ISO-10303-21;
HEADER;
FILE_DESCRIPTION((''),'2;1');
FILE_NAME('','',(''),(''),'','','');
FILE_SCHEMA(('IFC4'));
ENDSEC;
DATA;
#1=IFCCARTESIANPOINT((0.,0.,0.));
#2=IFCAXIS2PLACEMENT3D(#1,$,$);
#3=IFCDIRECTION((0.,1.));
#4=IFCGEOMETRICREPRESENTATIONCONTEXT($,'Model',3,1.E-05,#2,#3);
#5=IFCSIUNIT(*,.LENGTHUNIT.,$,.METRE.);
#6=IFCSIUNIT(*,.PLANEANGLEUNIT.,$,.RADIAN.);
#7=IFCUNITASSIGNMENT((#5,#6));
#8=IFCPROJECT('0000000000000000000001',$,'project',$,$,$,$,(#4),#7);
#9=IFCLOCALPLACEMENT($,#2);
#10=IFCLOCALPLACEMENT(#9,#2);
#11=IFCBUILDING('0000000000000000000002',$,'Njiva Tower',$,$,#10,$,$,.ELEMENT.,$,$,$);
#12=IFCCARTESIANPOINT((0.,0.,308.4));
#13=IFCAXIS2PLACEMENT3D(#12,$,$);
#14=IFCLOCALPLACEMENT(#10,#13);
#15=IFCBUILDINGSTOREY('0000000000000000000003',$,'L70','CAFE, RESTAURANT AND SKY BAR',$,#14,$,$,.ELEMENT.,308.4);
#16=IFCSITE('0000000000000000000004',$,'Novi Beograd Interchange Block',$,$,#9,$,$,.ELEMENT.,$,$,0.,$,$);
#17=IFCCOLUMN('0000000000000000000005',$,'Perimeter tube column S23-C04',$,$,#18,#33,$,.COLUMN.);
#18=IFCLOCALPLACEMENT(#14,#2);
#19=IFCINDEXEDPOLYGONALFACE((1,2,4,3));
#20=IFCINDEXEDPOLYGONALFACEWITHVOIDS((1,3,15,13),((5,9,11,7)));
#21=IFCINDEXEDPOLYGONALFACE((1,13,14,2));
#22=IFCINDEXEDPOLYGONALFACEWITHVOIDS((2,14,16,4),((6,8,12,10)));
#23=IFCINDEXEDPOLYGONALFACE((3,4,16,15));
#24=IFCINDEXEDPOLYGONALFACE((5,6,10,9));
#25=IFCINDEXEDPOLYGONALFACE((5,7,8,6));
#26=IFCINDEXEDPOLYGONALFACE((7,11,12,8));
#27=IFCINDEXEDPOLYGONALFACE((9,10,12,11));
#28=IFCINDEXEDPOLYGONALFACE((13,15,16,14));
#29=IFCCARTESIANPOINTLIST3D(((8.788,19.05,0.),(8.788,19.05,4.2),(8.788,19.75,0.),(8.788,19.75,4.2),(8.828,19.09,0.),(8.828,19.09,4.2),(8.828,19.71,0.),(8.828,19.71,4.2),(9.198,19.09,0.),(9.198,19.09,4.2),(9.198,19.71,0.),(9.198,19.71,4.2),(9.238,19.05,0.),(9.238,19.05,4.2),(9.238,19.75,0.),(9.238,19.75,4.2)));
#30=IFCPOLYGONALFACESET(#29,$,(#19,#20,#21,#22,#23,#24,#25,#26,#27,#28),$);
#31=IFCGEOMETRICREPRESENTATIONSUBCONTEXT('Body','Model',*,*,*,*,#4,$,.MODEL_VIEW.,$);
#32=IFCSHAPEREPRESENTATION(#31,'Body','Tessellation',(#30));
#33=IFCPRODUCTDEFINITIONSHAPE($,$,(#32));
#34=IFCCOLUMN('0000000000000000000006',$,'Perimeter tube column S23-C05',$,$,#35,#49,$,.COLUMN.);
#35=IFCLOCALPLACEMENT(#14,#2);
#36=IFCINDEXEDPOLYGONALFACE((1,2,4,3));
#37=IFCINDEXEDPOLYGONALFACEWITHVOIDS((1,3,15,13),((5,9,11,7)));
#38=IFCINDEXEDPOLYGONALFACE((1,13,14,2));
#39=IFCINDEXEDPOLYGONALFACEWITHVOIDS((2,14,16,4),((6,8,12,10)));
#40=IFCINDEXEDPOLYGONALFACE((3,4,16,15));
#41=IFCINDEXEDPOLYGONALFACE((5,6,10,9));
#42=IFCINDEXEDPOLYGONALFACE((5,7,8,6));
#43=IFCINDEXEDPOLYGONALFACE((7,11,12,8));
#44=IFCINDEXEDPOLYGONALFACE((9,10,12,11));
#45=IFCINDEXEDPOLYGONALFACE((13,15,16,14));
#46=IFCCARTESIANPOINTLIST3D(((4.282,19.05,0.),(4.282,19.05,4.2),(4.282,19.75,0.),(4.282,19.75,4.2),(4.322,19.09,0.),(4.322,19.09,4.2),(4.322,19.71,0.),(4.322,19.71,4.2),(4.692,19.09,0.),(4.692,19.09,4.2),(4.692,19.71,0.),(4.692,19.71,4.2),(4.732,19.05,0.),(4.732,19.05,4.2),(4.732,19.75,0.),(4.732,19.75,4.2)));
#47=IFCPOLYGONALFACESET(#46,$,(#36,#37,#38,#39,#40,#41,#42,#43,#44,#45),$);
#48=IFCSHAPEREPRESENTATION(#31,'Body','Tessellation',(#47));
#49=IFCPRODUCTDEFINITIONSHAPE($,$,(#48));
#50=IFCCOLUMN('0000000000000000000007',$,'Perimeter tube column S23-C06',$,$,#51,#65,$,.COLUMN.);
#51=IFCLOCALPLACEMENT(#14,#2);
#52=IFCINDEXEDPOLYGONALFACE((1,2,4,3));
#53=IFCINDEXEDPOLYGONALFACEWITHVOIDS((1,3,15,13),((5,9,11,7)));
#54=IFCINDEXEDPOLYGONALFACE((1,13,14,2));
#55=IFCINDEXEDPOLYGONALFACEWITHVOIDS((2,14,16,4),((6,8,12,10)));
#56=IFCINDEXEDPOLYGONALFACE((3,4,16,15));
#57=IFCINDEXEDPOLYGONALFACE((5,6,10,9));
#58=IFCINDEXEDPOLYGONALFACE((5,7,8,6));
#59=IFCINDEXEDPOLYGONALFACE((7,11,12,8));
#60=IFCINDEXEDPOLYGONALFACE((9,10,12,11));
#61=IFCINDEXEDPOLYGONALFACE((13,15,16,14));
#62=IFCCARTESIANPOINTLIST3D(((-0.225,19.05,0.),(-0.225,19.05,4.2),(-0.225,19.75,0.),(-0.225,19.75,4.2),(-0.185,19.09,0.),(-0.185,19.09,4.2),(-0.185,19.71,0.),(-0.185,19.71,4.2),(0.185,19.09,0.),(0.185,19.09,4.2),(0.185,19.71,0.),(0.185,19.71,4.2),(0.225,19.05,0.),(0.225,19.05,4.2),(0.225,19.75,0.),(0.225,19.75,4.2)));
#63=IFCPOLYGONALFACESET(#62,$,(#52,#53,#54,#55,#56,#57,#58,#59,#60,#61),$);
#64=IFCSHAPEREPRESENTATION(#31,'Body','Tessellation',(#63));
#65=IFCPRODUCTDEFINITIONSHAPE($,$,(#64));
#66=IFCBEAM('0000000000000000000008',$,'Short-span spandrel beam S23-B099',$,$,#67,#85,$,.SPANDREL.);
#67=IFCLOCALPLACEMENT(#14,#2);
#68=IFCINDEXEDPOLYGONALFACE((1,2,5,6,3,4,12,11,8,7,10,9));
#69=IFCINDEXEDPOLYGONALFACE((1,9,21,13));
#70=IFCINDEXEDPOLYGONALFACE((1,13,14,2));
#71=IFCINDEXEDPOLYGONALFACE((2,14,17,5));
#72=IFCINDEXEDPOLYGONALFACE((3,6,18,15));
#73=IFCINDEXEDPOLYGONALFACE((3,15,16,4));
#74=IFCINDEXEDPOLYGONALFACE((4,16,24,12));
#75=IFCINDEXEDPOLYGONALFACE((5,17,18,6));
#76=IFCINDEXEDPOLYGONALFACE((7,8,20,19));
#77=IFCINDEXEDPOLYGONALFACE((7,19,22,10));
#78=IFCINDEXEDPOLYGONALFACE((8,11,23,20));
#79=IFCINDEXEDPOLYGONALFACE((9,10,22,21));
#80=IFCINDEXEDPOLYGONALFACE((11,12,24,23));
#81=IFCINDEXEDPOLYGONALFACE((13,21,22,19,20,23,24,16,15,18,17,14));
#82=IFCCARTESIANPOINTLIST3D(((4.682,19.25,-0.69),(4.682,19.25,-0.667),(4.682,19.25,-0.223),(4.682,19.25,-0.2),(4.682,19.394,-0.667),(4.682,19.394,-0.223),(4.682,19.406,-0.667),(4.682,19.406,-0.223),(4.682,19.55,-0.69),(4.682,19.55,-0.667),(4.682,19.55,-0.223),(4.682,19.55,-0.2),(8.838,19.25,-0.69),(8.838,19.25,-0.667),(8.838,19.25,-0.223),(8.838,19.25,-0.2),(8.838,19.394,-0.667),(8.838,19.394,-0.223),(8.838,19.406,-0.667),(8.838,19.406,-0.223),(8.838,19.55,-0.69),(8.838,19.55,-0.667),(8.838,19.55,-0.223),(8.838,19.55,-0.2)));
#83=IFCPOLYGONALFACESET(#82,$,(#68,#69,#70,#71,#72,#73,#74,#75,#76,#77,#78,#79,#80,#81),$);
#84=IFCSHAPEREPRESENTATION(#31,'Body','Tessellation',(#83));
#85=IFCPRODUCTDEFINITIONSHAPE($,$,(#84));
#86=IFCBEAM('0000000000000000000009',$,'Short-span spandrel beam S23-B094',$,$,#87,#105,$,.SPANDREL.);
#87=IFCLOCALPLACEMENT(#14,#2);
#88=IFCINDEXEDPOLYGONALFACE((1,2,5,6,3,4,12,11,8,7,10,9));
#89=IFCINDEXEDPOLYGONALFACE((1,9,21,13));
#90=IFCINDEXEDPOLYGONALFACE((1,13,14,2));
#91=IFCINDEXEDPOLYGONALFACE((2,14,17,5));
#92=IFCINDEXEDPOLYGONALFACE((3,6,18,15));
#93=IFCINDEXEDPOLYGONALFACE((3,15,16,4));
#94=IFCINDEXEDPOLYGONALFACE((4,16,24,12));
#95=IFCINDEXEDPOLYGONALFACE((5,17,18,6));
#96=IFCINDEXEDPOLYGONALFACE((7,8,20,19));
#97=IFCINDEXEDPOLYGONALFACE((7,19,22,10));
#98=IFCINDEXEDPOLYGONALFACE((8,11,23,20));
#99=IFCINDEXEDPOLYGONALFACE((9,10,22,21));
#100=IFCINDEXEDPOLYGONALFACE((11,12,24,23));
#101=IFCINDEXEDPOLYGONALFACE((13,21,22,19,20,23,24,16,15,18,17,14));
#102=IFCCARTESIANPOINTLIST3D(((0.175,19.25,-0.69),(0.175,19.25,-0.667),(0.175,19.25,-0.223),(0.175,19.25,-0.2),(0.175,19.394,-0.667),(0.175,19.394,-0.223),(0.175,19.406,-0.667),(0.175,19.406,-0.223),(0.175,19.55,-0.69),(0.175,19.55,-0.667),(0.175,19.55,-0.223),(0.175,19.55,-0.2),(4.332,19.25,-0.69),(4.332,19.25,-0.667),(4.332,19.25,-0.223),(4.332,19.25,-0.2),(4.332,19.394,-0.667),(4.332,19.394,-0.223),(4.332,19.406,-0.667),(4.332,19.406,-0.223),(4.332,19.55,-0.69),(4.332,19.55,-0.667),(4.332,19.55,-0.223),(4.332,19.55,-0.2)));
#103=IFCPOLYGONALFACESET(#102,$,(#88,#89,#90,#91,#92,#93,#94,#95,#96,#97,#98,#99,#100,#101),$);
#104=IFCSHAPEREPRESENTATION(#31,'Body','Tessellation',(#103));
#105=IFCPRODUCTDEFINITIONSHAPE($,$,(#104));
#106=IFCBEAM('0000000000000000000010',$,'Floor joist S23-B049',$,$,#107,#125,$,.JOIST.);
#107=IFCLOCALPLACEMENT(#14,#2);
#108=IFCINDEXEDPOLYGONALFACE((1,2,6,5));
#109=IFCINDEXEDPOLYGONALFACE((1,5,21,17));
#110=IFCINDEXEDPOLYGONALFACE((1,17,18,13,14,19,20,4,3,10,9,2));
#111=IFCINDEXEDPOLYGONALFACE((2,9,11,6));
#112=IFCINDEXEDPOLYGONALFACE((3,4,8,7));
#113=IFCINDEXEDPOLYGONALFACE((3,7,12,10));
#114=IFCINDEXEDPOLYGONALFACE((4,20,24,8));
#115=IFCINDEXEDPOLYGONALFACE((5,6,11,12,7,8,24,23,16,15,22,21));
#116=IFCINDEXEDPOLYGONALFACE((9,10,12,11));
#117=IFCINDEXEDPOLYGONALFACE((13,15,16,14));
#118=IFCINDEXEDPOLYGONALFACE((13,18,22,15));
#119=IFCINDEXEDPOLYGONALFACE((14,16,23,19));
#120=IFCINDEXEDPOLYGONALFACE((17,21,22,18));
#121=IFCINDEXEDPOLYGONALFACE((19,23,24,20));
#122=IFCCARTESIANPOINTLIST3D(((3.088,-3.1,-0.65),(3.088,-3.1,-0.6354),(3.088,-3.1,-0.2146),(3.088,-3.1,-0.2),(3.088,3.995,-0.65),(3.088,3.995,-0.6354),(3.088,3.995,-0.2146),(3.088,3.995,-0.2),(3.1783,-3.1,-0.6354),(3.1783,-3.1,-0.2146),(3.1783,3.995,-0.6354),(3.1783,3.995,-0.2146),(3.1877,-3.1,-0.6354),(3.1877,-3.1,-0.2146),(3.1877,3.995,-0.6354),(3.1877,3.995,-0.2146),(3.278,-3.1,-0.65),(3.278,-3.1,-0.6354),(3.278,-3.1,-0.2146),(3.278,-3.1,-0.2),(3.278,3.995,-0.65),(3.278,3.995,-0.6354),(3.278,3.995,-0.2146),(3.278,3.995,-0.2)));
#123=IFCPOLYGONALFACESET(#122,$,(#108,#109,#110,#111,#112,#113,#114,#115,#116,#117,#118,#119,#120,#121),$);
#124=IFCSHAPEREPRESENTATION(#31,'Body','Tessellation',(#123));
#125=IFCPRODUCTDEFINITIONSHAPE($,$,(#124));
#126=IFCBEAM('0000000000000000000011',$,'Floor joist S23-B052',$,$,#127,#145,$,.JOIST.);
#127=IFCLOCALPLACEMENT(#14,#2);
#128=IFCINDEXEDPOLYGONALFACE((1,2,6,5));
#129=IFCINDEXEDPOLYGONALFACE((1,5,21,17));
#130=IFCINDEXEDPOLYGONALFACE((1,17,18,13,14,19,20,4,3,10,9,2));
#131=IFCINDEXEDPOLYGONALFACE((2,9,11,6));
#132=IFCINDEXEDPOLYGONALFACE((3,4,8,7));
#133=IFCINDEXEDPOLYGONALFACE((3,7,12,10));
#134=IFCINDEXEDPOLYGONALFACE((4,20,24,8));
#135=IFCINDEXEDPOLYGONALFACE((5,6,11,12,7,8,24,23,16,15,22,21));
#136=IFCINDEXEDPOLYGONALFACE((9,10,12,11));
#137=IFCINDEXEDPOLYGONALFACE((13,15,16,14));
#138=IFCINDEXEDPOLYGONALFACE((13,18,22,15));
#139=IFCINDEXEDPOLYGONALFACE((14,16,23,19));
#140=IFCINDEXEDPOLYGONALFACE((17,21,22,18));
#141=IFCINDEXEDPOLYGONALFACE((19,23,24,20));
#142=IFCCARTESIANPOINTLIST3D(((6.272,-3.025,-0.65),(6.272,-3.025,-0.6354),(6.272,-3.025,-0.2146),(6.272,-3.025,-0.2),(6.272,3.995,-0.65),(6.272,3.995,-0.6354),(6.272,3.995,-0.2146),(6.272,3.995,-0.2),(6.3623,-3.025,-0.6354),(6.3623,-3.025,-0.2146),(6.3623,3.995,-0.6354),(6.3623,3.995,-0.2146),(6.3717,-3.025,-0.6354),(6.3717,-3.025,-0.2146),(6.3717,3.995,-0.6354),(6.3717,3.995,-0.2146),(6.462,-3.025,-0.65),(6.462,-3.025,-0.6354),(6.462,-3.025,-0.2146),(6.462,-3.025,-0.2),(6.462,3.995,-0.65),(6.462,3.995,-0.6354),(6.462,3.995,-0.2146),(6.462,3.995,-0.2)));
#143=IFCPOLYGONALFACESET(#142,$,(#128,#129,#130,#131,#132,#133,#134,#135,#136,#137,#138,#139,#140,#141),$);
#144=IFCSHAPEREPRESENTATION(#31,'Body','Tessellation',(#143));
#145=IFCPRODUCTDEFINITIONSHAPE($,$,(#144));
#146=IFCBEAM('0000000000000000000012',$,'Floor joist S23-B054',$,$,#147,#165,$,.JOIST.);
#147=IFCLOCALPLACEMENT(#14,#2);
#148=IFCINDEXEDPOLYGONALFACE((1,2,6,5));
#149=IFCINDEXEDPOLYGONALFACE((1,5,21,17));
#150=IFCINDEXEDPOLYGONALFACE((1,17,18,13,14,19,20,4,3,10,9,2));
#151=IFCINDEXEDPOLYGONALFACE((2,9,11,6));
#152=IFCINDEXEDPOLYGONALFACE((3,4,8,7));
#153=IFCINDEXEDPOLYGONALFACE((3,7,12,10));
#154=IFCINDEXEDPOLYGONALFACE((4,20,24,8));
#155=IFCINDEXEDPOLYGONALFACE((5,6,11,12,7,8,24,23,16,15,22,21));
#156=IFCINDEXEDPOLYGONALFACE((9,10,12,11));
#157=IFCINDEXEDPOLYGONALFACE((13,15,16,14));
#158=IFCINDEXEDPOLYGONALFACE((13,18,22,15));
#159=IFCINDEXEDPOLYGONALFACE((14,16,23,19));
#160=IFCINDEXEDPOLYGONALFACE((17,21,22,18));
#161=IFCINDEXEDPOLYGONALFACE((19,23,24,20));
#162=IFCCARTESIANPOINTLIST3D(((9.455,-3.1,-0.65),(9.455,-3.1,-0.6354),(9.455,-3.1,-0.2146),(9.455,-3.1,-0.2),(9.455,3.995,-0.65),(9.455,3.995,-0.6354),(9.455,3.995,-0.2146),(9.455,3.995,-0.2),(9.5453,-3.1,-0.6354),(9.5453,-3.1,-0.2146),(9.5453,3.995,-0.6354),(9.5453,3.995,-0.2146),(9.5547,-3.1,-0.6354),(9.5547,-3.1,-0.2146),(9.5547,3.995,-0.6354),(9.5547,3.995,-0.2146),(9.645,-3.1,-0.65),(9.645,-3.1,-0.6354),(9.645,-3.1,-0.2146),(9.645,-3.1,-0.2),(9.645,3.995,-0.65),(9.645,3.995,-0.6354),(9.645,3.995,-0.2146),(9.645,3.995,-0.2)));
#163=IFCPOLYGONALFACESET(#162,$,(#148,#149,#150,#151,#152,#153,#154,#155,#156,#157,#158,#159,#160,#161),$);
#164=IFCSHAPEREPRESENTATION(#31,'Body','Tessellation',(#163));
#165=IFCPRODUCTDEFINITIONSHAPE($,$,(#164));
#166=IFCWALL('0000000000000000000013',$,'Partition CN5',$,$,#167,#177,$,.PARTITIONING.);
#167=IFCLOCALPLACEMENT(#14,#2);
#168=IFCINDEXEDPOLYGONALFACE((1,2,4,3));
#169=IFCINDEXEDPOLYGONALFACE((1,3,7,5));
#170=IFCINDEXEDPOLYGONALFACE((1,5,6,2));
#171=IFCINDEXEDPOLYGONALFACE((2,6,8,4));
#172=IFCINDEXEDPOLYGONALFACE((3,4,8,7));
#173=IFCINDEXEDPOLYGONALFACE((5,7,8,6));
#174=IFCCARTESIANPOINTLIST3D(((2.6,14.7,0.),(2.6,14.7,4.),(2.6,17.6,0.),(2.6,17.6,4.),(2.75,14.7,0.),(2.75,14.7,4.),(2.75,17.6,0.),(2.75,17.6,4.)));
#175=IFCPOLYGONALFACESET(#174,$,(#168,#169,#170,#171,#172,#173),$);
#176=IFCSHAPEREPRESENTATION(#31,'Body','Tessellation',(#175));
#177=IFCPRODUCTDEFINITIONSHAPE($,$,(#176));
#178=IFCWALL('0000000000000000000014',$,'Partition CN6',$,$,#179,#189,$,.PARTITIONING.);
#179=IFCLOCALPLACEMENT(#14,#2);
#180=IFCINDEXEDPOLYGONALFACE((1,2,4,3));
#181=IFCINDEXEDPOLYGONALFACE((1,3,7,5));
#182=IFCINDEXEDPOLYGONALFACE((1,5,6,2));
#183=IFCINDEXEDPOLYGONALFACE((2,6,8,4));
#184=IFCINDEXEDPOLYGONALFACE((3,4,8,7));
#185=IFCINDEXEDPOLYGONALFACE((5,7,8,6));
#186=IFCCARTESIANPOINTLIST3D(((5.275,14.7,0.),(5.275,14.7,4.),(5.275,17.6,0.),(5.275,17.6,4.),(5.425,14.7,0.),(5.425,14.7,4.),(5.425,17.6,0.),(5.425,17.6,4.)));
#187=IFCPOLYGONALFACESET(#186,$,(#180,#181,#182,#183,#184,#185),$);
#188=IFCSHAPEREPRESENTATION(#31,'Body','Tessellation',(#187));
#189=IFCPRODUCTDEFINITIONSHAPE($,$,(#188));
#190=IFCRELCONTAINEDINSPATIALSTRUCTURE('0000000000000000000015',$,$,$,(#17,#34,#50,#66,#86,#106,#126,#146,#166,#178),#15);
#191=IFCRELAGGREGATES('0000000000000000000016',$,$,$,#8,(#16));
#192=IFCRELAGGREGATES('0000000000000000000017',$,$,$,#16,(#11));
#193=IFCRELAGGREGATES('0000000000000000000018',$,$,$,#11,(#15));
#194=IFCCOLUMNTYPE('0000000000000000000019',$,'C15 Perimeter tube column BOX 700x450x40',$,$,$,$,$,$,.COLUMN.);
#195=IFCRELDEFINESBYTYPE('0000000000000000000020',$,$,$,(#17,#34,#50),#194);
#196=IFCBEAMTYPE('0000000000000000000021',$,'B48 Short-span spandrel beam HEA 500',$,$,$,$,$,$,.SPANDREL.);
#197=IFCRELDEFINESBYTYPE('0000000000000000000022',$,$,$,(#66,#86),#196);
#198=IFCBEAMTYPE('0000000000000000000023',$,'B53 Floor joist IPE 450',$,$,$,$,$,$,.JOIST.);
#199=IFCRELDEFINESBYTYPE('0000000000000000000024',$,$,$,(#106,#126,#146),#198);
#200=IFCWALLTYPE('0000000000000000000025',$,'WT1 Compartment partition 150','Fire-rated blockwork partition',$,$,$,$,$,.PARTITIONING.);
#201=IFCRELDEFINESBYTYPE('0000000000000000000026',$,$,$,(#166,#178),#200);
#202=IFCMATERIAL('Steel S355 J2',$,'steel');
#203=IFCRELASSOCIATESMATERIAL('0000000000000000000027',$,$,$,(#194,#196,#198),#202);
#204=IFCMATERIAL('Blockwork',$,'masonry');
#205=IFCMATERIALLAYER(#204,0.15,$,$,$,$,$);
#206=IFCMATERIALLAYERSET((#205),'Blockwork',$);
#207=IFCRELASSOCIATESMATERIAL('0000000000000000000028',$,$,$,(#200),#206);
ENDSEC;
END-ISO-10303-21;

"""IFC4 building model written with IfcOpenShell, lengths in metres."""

from ifc_helpers import new_model, si_unit, direction, frame, frame_2d, origin, origin_2d, place, context, subcontext, project, spatial, rectangle, hollow_rectangle, i_section, extrude, material, layer, layer_set, material_profile, profile_set, type_object, element, save


model = new_model("IFC4")

# Units and contexts
model_context = context("Model", 3, precision=1e-05, world=origin(), true_north=direction((0.0, 1.0)))
body_context = subcontext(model_context, "Body", "Model", "MODEL_VIEW")
ifc_project = project(units=[si_unit("LENGTHUNIT", "METRE"), si_unit("PLANEANGLEUNIT", "RADIAN")], contexts=[model_context])

# Site, building, storey
site_placement = place(None, origin())
site = spatial("IfcSite", under=ifc_project, at=site_placement, Name="Novi Beograd Interchange Block", CompositionType="ELEMENT", RefElevation=0.0)
building_placement = place(site_placement, origin())
building = spatial("IfcBuilding", under=site, at=building_placement, Name="Njiva Tower", CompositionType="ELEMENT")
storey_placement = place(building_placement, frame((0.0, 0.0, 308.4)))
storey = spatial("IfcBuildingStorey", under=building, at=storey_placement, Name="L70", Description="CAFE, RESTAURANT AND SKY BAR", CompositionType="ELEMENT", Elevation=308.4)

# Columns
ifc_material_1 = material(Name="Steel S355 J2", Category="steel")
ifc_material_profile_1 = material_profile(ifc_material_1, hollow_rectangle(XDim=0.45, YDim=0.7, WallThickness=0.04, at=origin_2d()), Name="BOX 700x450x40")
ifc_profile_set_1 = profile_set([ifc_material_profile_1], Name="Steel S355 J2")
column_type = type_object("IfcColumnType", Name="C15 Perimeter tube column BOX 700x450x40", PredefinedType="COLUMN", material=ifc_profile_set_1)
for number, where, z_axis, x_axis, name in (
    (1, (9.013, 19.4, 0.0), (0.0, 0.0, 1.0), (-1.0, 0.0, 0.0), "Perimeter tube column S23-C04"),
    (2, (4.507, 19.4, 0.0), (0.0, 0.0, 1.0), (-1.0, 0.0, 0.0), "Perimeter tube column S23-C05"),
    (3, (0.0, 19.4, 0.0), (0.0, 0.0, 1.0), (-1.0, 0.0, 0.0), "Perimeter tube column S23-C06"),
):
    element("IfcColumn", number, at=place(storey_placement, frame(where, z_axis=z_axis, x_axis=x_axis)), inside=storey, type_object=column_type, Name=name, PredefinedType="COLUMN", context=body_context, shape_type="SweptSolid", body=[
        extrude(hollow_rectangle(XDim=0.45, YDim=0.7, WallThickness=0.04, at=origin_2d()), origin(), (0.0, 0.0, 1.0), 4.2),
    ])

# Beams
ifc_material_profile_2 = material_profile(ifc_material_1, i_section(OverallWidth=0.3, OverallDepth=0.49, WebThickness=0.012, FlangeThickness=0.023, at=origin_2d()), Name="HEA 500")
ifc_profile_set_2 = profile_set([ifc_material_profile_2], Name="Steel S355 J2")
beam_type_1 = type_object("IfcBeamType", Name="B48 Short-span spandrel beam HEA 500", PredefinedType="SPANDREL", material=ifc_profile_set_2)
beam_1_placement = place(storey_placement, frame((8.838, 19.4, -0.445), z_axis=(-1.0, 0.0, 0.0), x_axis=(0.0, -1.0, 0.0)))
element("IfcBeam", 4, at=beam_1_placement, inside=storey, type_object=beam_type_1, Name="Short-span spandrel beam S23-B099", PredefinedType="SPANDREL", context=body_context, shape_type="SweptSolid", body=[
    extrude(i_section(OverallWidth=0.3, OverallDepth=0.49, WebThickness=0.012, FlangeThickness=0.023, at=origin_2d()), origin(), (0.0, 0.0, 1.0), 4.156),
])
beam_2_placement = place(storey_placement, frame((4.332, 19.4, -0.445), z_axis=(-1.0, 0.0, 0.0), x_axis=(0.0, -1.0, 0.0)))
element("IfcBeam", 5, at=beam_2_placement, inside=storey, type_object=beam_type_1, Name="Short-span spandrel beam S23-B094", PredefinedType="SPANDREL", context=body_context, shape_type="SweptSolid", body=[
    extrude(i_section(OverallWidth=0.3, OverallDepth=0.49, WebThickness=0.012, FlangeThickness=0.023, at=origin_2d()), origin(), (0.0, 0.0, 1.0), 4.157),
])
ifc_material_profile_3 = material_profile(ifc_material_1, i_section(OverallWidth=0.19, OverallDepth=0.45, WebThickness=0.0094, FlangeThickness=0.0146, at=origin_2d()), Name="IPE 450")
ifc_profile_set_3 = profile_set([ifc_material_profile_3], Name="Steel S355 J2")
beam_type_2 = type_object("IfcBeamType", Name="B53 Floor joist IPE 450", PredefinedType="JOIST", material=ifc_profile_set_3)
beam_3_placement = place(storey_placement, frame((3.183, 3.995, -0.425), z_axis=(0.0, -1.0, 0.0), x_axis=(1.0, 0.0, 0.0)))
element("IfcBeam", 6, at=beam_3_placement, inside=storey, type_object=beam_type_2, Name="Floor joist S23-B049", PredefinedType="JOIST", context=body_context, shape_type="SweptSolid", body=[
    extrude(i_section(OverallWidth=0.19, OverallDepth=0.45, WebThickness=0.0094, FlangeThickness=0.0146, at=origin_2d()), origin(), (0.0, 0.0, 1.0), 7.095),
])
beam_4_placement = place(storey_placement, frame((6.367, 3.995, -0.425), z_axis=(0.0, -1.0, 0.0), x_axis=(1.0, 0.0, 0.0)))
element("IfcBeam", 7, at=beam_4_placement, inside=storey, type_object=beam_type_2, Name="Floor joist S23-B052", PredefinedType="JOIST", context=body_context, shape_type="SweptSolid", body=[
    extrude(i_section(OverallWidth=0.19, OverallDepth=0.45, WebThickness=0.0094, FlangeThickness=0.0146, at=origin_2d()), origin(), (0.0, 0.0, 1.0), 7.02),
])
beam_5_placement = place(storey_placement, frame((9.55, 3.995, -0.425), z_axis=(0.0, -1.0, 0.0), x_axis=(1.0, 0.0, 0.0)))
element("IfcBeam", 8, at=beam_5_placement, inside=storey, type_object=beam_type_2, Name="Floor joist S23-B054", PredefinedType="JOIST", context=body_context, shape_type="SweptSolid", body=[
    extrude(i_section(OverallWidth=0.19, OverallDepth=0.45, WebThickness=0.0094, FlangeThickness=0.0146, at=origin_2d()), origin(), (0.0, 0.0, 1.0), 7.095),
])

# Walls
ifc_material_2 = material(Name="Blockwork", Category="masonry")
ifc_layer_1 = layer(ifc_material_2, 0.15)
ifc_layer_set_1 = layer_set([ifc_layer_1], Name="Blockwork")
wall_type_1 = type_object("IfcWallType", Name="WT1 Compartment partition 150", Description="Fire-rated blockwork partition", PredefinedType="PARTITIONING", material=ifc_layer_set_1)
for number, where, z_axis, x_axis, name in (
    (9, (2.675, 14.7, 0.0), (0.0, 0.0, 1.0), (0.0, 1.0, 0.0), "Partition CN5"),
    (10, (5.35, 14.7, 0.0), (0.0, 0.0, 1.0), (0.0, 1.0, 0.0), "Partition CN6"),
):
    element("IfcWall", number, at=place(storey_placement, frame(where, z_axis=z_axis, x_axis=x_axis)), inside=storey, type_object=wall_type_1, Name=name, PredefinedType="PARTITIONING", context=body_context, shape_type="SweptSolid", body=[
        extrude(rectangle(XDim=2.9, YDim=0.15, at=frame_2d((1.45, 0.0))), origin(), (0.0, 0.0, 1.0), 4.0),
    ])

save(model, "model.ifc")
